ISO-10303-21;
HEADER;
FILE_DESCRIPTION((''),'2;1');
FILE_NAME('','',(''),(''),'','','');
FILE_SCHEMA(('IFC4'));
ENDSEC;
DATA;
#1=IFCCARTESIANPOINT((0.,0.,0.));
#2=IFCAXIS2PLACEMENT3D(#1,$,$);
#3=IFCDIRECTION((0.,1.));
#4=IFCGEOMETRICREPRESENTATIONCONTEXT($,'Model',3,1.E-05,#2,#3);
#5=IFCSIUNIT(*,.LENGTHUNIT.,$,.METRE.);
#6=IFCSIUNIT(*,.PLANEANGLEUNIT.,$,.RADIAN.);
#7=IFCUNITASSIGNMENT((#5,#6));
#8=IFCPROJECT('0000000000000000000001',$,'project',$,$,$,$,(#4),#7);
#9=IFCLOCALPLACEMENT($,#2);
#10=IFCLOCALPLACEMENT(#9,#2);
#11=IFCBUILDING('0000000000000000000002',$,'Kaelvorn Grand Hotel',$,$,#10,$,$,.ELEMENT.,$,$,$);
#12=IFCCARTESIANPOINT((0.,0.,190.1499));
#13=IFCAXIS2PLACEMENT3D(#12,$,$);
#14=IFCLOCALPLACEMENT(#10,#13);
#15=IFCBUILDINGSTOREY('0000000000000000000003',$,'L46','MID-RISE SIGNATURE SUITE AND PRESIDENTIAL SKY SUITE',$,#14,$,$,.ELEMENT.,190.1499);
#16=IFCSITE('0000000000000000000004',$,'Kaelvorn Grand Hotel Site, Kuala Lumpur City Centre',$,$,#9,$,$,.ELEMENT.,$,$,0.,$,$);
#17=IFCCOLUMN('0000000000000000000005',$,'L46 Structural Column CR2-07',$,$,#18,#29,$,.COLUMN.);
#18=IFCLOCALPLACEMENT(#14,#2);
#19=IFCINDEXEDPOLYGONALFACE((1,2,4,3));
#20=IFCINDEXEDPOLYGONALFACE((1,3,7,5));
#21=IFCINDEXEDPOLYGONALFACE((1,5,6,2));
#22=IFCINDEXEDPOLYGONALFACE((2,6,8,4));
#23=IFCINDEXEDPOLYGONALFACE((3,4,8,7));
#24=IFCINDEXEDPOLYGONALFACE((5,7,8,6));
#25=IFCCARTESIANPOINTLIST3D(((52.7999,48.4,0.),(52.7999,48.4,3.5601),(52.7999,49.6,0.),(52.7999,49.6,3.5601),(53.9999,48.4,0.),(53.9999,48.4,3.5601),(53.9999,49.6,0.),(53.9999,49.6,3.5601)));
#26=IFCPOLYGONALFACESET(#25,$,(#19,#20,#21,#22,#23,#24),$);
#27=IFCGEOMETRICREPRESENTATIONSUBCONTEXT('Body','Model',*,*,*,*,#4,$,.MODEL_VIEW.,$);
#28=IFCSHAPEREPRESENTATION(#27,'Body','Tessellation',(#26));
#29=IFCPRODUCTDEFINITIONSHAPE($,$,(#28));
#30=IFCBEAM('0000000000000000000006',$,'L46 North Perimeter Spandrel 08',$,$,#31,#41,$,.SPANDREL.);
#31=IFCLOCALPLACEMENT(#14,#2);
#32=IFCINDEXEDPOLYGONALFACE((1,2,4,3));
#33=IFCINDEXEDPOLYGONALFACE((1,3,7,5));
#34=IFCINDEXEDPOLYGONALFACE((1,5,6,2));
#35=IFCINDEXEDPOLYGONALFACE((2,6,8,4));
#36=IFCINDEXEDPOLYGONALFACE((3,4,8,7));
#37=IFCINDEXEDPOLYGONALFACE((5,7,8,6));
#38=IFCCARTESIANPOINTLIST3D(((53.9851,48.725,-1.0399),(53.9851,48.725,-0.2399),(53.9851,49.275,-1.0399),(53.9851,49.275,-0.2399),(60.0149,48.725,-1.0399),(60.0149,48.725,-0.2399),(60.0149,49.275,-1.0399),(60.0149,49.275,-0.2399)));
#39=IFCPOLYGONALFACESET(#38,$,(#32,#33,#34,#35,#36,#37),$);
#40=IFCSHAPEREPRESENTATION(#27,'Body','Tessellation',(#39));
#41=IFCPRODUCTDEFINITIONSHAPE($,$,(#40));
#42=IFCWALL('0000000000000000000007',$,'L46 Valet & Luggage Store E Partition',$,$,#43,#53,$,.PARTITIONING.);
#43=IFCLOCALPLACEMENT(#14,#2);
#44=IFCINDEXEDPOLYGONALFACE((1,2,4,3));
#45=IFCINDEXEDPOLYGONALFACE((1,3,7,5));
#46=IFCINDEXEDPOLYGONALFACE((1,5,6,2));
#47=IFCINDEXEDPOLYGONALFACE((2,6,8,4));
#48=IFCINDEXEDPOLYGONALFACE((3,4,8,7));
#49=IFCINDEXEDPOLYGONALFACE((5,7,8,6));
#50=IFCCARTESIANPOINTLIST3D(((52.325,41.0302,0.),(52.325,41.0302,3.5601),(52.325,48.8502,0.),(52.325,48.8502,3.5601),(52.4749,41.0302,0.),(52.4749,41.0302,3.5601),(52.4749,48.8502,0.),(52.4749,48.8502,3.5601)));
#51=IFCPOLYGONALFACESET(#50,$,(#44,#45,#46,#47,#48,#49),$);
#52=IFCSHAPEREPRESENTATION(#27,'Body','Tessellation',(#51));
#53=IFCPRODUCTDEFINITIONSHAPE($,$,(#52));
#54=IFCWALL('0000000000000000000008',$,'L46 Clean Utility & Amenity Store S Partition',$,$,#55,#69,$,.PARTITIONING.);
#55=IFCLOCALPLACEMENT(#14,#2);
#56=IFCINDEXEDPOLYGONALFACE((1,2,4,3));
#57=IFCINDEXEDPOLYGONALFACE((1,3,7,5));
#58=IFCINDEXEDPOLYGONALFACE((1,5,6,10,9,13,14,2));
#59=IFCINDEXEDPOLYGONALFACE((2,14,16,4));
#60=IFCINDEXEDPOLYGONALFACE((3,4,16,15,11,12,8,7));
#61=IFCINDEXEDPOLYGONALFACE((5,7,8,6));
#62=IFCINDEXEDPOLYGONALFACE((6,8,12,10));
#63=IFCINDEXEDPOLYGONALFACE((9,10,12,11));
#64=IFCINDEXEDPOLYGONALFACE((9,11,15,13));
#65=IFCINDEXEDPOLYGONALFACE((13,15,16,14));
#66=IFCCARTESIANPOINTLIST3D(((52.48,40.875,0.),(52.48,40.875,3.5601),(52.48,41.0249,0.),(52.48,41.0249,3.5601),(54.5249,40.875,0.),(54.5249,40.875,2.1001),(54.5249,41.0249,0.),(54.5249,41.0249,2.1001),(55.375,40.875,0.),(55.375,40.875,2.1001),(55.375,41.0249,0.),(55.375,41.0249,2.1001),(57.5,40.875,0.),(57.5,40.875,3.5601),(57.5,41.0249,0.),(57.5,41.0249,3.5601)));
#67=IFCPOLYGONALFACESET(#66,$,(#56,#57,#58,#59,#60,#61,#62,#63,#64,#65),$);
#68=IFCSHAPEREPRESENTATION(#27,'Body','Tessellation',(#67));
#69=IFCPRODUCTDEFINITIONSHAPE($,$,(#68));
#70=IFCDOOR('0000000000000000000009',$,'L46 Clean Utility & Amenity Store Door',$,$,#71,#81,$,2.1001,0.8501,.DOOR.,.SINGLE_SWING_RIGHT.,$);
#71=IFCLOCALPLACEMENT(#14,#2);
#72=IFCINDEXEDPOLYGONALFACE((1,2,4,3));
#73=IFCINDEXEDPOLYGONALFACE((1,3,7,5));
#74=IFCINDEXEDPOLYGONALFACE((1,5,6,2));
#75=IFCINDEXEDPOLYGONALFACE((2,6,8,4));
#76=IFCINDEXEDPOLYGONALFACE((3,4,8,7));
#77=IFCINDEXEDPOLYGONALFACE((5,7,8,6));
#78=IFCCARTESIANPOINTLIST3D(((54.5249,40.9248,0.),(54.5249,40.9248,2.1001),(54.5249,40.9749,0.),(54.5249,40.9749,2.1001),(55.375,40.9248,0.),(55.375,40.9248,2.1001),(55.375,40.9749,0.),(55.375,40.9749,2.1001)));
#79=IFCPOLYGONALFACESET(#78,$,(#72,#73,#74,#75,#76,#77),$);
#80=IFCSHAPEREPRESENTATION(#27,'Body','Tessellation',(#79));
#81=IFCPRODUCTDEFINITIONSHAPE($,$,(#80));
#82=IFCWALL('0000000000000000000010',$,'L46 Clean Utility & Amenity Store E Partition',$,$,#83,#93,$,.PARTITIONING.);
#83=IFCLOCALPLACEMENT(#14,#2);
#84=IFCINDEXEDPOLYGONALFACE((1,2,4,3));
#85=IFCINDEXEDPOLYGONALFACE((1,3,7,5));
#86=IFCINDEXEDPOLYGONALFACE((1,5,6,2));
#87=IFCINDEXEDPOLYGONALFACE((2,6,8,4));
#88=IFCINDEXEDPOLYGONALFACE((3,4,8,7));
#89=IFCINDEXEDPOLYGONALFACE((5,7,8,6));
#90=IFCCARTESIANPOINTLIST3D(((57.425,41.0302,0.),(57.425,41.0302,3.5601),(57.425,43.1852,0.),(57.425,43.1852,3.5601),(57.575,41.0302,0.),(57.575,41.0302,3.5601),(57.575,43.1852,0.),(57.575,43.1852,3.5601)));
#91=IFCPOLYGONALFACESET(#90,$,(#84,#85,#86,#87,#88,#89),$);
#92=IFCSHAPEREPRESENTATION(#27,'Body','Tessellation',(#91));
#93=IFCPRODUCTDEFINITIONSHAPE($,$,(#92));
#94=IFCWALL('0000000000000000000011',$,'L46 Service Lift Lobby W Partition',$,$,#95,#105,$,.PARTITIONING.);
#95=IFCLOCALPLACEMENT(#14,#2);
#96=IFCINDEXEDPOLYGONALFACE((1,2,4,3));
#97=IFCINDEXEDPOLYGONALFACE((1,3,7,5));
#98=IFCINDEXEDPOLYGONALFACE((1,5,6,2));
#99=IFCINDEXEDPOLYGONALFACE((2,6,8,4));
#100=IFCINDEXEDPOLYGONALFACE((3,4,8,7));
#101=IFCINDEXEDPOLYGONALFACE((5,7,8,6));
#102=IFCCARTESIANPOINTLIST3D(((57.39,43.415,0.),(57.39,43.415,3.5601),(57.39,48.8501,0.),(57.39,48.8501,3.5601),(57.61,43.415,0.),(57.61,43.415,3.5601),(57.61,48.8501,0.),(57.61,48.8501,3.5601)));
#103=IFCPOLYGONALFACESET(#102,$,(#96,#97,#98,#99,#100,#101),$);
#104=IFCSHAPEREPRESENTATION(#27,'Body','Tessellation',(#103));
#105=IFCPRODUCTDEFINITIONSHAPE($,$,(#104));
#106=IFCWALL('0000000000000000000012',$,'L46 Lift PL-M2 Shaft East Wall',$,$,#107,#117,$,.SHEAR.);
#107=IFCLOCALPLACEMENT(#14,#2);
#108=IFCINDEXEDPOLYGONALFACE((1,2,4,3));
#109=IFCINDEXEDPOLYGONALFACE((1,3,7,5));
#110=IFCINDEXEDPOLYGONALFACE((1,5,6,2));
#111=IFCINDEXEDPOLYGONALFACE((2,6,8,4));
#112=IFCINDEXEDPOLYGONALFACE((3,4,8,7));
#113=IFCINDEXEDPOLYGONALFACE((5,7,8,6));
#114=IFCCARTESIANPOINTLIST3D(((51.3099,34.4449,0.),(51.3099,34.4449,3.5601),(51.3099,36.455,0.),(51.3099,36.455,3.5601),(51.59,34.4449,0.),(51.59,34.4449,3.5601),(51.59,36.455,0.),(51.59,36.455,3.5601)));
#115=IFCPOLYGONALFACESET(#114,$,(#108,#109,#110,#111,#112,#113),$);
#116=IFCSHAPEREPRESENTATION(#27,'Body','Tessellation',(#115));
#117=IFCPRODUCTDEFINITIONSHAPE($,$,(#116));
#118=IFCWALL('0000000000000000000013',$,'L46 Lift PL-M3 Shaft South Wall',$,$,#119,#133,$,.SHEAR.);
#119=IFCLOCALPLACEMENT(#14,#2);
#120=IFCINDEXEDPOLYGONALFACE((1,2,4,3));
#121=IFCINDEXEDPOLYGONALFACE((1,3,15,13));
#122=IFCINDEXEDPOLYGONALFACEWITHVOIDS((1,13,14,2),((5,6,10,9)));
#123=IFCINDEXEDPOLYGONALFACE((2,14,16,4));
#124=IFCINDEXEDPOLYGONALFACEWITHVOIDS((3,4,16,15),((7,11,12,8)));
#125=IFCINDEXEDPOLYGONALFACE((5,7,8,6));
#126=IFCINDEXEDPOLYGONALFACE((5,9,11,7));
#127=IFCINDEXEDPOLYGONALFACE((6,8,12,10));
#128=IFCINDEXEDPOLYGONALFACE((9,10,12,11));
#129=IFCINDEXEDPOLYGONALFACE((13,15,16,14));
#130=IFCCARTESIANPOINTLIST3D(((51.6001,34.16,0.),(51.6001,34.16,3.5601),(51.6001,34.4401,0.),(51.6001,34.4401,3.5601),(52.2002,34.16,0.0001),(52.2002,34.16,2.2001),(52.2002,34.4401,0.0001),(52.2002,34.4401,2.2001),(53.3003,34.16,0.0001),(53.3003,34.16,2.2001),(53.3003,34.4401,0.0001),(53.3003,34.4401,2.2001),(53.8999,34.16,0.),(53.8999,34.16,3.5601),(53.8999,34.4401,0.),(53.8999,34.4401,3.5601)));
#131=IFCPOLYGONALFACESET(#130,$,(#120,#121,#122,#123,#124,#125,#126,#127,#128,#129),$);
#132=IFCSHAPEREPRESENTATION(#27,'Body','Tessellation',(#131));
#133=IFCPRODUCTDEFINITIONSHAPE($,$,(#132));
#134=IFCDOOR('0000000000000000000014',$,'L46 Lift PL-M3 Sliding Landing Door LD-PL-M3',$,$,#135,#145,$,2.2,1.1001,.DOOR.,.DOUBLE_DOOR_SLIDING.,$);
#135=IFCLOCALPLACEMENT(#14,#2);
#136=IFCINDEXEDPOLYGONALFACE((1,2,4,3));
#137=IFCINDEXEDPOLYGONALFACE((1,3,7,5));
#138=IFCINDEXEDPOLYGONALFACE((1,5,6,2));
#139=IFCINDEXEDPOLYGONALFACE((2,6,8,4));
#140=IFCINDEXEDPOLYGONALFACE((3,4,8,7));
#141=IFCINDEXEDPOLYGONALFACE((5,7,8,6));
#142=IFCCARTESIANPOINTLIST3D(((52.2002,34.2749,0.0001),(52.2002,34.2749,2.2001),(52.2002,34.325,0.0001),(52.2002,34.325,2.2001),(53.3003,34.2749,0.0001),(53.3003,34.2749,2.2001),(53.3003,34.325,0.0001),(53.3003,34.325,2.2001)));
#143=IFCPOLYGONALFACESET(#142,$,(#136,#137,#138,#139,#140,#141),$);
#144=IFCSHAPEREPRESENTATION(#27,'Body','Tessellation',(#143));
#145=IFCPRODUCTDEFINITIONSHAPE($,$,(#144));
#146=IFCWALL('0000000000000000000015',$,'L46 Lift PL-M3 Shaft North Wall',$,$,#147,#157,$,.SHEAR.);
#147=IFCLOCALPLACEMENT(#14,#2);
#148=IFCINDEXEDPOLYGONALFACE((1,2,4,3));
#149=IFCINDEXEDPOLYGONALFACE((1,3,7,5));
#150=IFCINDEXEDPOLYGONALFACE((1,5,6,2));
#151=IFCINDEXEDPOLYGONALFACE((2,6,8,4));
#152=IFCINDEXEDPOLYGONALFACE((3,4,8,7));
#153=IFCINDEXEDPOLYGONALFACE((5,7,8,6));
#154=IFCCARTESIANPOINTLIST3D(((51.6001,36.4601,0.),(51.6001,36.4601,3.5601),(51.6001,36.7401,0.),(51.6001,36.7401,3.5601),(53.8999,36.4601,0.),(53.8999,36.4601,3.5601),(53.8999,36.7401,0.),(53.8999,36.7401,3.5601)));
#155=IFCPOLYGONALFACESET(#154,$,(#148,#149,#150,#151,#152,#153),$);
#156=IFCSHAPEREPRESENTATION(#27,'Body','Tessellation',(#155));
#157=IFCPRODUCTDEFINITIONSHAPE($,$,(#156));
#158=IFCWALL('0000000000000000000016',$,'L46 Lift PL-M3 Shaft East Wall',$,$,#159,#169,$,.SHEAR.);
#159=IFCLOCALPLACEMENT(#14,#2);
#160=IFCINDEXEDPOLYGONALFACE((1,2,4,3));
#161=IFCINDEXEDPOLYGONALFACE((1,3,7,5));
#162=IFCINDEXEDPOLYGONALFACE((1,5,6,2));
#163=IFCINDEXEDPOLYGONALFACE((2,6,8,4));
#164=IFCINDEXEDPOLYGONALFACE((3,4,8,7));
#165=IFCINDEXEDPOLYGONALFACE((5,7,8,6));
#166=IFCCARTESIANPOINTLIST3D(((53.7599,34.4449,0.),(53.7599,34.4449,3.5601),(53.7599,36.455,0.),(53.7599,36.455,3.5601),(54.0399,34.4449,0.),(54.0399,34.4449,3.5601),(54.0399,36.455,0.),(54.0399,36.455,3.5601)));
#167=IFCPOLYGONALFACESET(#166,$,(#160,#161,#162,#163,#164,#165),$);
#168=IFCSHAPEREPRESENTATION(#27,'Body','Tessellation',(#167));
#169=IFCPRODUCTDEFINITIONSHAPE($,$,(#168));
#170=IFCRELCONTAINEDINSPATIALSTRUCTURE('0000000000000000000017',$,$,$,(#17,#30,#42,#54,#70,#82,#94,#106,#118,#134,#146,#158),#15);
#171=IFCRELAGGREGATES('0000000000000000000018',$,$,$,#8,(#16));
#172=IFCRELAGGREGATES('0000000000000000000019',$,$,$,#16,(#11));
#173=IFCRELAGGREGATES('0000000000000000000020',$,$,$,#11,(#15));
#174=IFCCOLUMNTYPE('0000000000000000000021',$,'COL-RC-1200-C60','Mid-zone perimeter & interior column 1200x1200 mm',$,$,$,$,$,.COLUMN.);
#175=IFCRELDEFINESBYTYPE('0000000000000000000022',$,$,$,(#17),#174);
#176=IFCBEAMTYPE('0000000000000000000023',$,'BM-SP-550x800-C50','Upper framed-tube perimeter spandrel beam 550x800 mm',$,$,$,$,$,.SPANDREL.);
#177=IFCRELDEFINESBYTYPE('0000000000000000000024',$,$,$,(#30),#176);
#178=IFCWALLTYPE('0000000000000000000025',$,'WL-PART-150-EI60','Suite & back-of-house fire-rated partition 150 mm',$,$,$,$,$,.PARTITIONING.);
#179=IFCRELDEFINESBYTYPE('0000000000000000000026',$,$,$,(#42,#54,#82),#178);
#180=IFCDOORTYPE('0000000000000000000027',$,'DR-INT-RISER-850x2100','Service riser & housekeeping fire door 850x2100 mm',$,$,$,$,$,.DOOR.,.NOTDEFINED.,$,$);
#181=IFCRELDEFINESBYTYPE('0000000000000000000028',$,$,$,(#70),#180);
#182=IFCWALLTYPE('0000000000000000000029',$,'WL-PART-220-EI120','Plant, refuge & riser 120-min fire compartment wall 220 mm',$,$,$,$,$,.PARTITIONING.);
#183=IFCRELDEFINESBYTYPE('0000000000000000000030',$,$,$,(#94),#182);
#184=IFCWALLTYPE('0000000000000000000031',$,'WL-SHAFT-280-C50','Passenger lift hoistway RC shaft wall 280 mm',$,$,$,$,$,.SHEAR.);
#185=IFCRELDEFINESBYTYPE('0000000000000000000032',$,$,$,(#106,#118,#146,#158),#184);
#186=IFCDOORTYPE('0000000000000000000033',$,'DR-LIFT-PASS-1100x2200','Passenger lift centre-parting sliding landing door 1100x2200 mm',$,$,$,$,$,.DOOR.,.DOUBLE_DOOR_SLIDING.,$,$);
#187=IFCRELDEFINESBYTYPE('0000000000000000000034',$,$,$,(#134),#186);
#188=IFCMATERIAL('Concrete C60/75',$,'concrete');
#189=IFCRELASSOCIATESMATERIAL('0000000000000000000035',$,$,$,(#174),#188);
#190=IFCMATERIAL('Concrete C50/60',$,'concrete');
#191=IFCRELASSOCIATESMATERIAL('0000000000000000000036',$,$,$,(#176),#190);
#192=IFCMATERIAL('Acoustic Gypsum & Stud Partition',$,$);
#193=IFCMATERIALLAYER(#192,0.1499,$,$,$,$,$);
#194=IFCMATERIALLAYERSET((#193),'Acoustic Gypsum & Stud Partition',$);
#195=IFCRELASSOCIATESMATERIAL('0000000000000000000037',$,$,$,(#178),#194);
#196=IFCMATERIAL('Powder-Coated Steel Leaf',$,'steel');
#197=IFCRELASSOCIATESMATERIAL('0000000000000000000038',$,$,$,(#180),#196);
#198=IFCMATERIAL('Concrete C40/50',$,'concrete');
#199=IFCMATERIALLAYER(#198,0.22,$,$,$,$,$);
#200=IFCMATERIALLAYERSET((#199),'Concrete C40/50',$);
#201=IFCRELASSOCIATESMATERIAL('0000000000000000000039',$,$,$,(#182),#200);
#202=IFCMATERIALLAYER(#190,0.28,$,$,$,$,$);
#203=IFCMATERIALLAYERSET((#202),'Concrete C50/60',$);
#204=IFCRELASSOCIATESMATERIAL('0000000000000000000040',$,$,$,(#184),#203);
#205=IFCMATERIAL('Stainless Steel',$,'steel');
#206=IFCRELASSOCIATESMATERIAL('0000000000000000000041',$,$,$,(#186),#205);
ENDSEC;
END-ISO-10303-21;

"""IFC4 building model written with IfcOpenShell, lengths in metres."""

from ifc_helpers import new_model, si_unit, direction, frame, frame_2d, origin, origin_2d, place, context, subcontext, project, spatial, rectangle, extrude, material, layer, layer_set, material_profile, profile_set, type_object, element, fill, save


model = new_model("IFC4")

# Units and contexts
model_context = context("Model", 3, precision=1e-05, world=origin(), true_north=direction((0.0, 1.0)))
body_context = subcontext(model_context, "Body", "Model", "MODEL_VIEW")
ifc_project = project(units=[si_unit("LENGTHUNIT", "METRE"), si_unit("PLANEANGLEUNIT", "RADIAN")], contexts=[model_context])

# Site, building, storey
site_placement = place(None, origin())
site = spatial("IfcSite", under=ifc_project, at=site_placement, Name="Kaelvorn Grand Hotel Site, Kuala Lumpur City Centre", CompositionType="ELEMENT", RefElevation=0.0)
building_placement = place(site_placement, origin())
building = spatial("IfcBuilding", under=site, at=building_placement, Name="Kaelvorn Grand Hotel", CompositionType="ELEMENT")
storey_placement = place(building_placement, frame((0.0, 0.0, 190.1499)))
storey = spatial("IfcBuildingStorey", under=building, at=storey_placement, Name="L46", Description="MID-RISE SIGNATURE SUITE AND PRESIDENTIAL SKY SUITE", CompositionType="ELEMENT", Elevation=190.1499)

# Column
ifc_material_1 = material(Name="Concrete C60/75", Category="concrete")
ifc_material_profile_1 = material_profile(ifc_material_1, rectangle(XDim=1.2, YDim=1.2, at=origin_2d()), Name="RC COL 1200x1200")
ifc_profile_set_1 = profile_set([ifc_material_profile_1], Name="Concrete C60/75")
column_type = type_object("IfcColumnType", Name="COL-RC-1200-C60", Description="Mid-zone perimeter & interior column 1200x1200 mm", PredefinedType="COLUMN", material=ifc_profile_set_1)
column_placement = place(storey_placement, frame((53.3999, 49.0, 0.0), z_axis=(0.0, 0.0, 1.0), x_axis=(1.0, 0.0, 0.0)))
element("IfcColumn", 1, at=column_placement, inside=storey, type_object=column_type, Name="L46 Structural Column CR2-07", PredefinedType="COLUMN", context=body_context, shape_type="SweptSolid", body=[
    extrude(rectangle(XDim=1.2, YDim=1.2, at=origin_2d()), origin(), (0.0, 0.0, 1.0), 3.5601),
])

# Beam
ifc_material_2 = material(Name="Concrete C50/60", Category="concrete")
ifc_material_profile_2 = material_profile(ifc_material_2, rectangle(XDim=0.55, YDim=0.8, at=origin_2d()), Name="RC SPANDREL 550x800")
ifc_profile_set_2 = profile_set([ifc_material_profile_2], Name="Concrete C50/60")
beam_type = type_object("IfcBeamType", Name="BM-SP-550x800-C50", Description="Upper framed-tube perimeter spandrel beam 550x800 mm", PredefinedType="SPANDREL", material=ifc_profile_set_2)
beam_placement = place(storey_placement, frame((53.9851, 49.0, -0.6399), z_axis=(1.0, 0.0, 0.0), x_axis=(0.0, 1.0, 0.0)))
element("IfcBeam", 2, at=beam_placement, inside=storey, type_object=beam_type, Name="L46 North Perimeter Spandrel 08", PredefinedType="SPANDREL", context=body_context, shape_type="SweptSolid", body=[
    extrude(rectangle(XDim=0.55, YDim=0.8, at=origin_2d()), origin(), (0.0, 0.0, 1.0), 6.0298),
])

# Wall
ifc_material_3 = material(Name="Acoustic Gypsum & Stud Partition")
ifc_layer_1 = layer(ifc_material_3, 0.1499)
ifc_layer_set_1 = layer_set([ifc_layer_1], Name="Acoustic Gypsum & Stud Partition")
wall_type_1 = type_object("IfcWallType", Name="WL-PART-150-EI60", Description="Suite & back-of-house fire-rated partition 150 mm", PredefinedType="PARTITIONING", material=ifc_layer_set_1)
wall_1_placement = place(storey_placement, frame((52.3999, 41.03, 0.0), z_axis=(0.0, 0.0, 1.0), x_axis=(0.0, 1.0, 0.0)))
element("IfcWall", 3, at=wall_1_placement, inside=storey, type_object=wall_type_1, Name="L46 Valet & Luggage Store E Partition", PredefinedType="PARTITIONING", context=body_context, shape_type="SweptSolid", body=[
    extrude(rectangle(XDim=7.8201, YDim=0.1499, at=frame_2d((3.9102, 0.0))), origin(), (0.0, 0.0, 1.0), 3.5601),
])

# Wall, opening, door
wall_2_placement = place(storey_placement, frame((52.48, 40.95, 0.0), z_axis=(0.0, 0.0, 1.0), x_axis=(1.0, 0.0, 0.0)))
wall_2 = element("IfcWall", 4, at=wall_2_placement, inside=storey, type_object=wall_type_1, Name="L46 Clean Utility & Amenity Store S Partition", PredefinedType="PARTITIONING", context=body_context, shape_type="SweptSolid", body=[
    extrude(rectangle(XDim=5.02, YDim=0.1499, at=frame_2d((2.51, 0.0))), origin(), (0.0, 0.0, 1.0), 3.5601),
])
opening_1_placement = place(wall_2_placement, frame((2.0449, 0.0, 0.0)))
opening_1 = element("IfcOpeningElement", 5, at=opening_1_placement, cuts=wall_2, PredefinedType="OPENING", context=body_context, shape_type="SweptSolid", body=[
    extrude(rectangle(XDim=0.8501, YDim=2.1001, at=frame_2d((0.425, 1.05))), frame((0.0, 0.085, 0.0), z_axis=(0.0, -1.0, 0.0), x_axis=(1.0, 0.0, 0.0)), (0.0, 0.0, 1.0), 0.1699),
])
ifc_material_4 = material(Name="Powder-Coated Steel Leaf", Category="steel")
door_type_1 = type_object("IfcDoorType", Name="DR-INT-RISER-850x2100", Description="Service riser & housekeeping fire door 850x2100 mm", OperationType="NOTDEFINED", PredefinedType="DOOR", material=ifc_material_4)
door_1_placement = place(opening_1_placement, origin())
door_1 = element("IfcDoor", 6, at=door_1_placement, inside=storey, type_object=door_type_1, Name="L46 Clean Utility & Amenity Store Door", OperationType="SINGLE_SWING_RIGHT", OverallHeight=2.1001, OverallWidth=0.8501, PredefinedType="DOOR", context=body_context, shape_type="SweptSolid", body=[
    extrude(rectangle(XDim=0.8501, YDim=2.1001, at=frame_2d((0.425, 1.05))), frame((0.0, 0.0249, 0.0), z_axis=(0.0, -1.0, 0.0), x_axis=(1.0, 0.0, 0.0)), (0.0, 0.0, 1.0), 0.05),
])
fill(opening_1, door_1)

# Wall
wall_3_placement = place(storey_placement, frame((57.5, 41.03, 0.0), z_axis=(0.0, 0.0, 1.0), x_axis=(0.0, 1.0, 0.0)))
element("IfcWall", 7, at=wall_3_placement, inside=storey, type_object=wall_type_1, Name="L46 Clean Utility & Amenity Store E Partition", PredefinedType="PARTITIONING", context=body_context, shape_type="SweptSolid", body=[
    extrude(rectangle(XDim=2.155, YDim=0.1499, at=frame_2d((1.0776, 0.0))), origin(), (0.0, 0.0, 1.0), 3.5601),
])

# Shared definitions
ifc_material_5 = material(Name="Concrete C40/50", Category="concrete")
ifc_layer_2 = layer(ifc_material_5, 0.22)
ifc_layer_set_2 = layer_set([ifc_layer_2], Name="Concrete C40/50")
wall_type_2 = type_object("IfcWallType", Name="WL-PART-220-EI120", Description="Plant, refuge & riser 120-min fire compartment wall 220 mm", PredefinedType="PARTITIONING", material=ifc_layer_set_2)

# Walls
wall_4_placement = place(storey_placement, frame((57.5, 43.415, 0.0), z_axis=(0.0, 0.0, 1.0), x_axis=(0.0, 1.0, 0.0)))
element("IfcWall", 8, at=wall_4_placement, inside=storey, type_object=wall_type_2, Name="L46 Service Lift Lobby W Partition", PredefinedType="PARTITIONING", context=body_context, shape_type="SweptSolid", body=[
    extrude(rectangle(XDim=5.4351, YDim=0.22, at=frame_2d((2.7175, 0.0))), origin(), (0.0, 0.0, 1.0), 3.5601),
])
ifc_layer_3 = layer(ifc_material_2, 0.28)
ifc_layer_set_3 = layer_set([ifc_layer_3], Name="Concrete C50/60")
wall_type_3 = type_object("IfcWallType", Name="WL-SHAFT-280-C50", Description="Passenger lift hoistway RC shaft wall 280 mm", PredefinedType="SHEAR", material=ifc_layer_set_3)
wall_5_placement = place(storey_placement, frame((51.45, 34.4451, 0.0), z_axis=(0.0, 0.0, 1.0), x_axis=(0.0, 1.0, 0.0)))
element("IfcWall", 9, at=wall_5_placement, inside=storey, type_object=wall_type_3, Name="L46 Lift PL-M2 Shaft East Wall", PredefinedType="SHEAR", context=body_context, shape_type="SweptSolid", body=[
    extrude(rectangle(XDim=2.01, YDim=0.28, at=frame_2d((1.0049, 0.0))), origin(), (0.0, 0.0, 1.0), 3.5601),
])

# Wall, opening, door
wall_6_placement = place(storey_placement, frame((51.6001, 34.3, 0.0), z_axis=(0.0, 0.0, 1.0), x_axis=(1.0, 0.0, 0.0)))
wall_6 = element("IfcWall", 10, at=wall_6_placement, inside=storey, type_object=wall_type_3, Name="L46 Lift PL-M3 Shaft South Wall", PredefinedType="SHEAR", context=body_context, shape_type="SweptSolid", body=[
    extrude(rectangle(XDim=2.2998, YDim=0.28, at=frame_2d((1.1499, 0.0))), origin(), (0.0, 0.0, 1.0), 3.5601),
])
opening_2_placement = place(wall_6_placement, frame((0.6001, 0.0, 0.0)))
opening_2 = element("IfcOpeningElement", 11, at=opening_2_placement, cuts=wall_6, PredefinedType="OPENING", context=body_context, shape_type="SweptSolid", body=[
    extrude(rectangle(XDim=1.1001, YDim=2.2, at=frame_2d((0.55, 1.1001))), frame((0.0, 0.1499, 0.0), z_axis=(0.0, -1.0, 0.0), x_axis=(1.0, 0.0, 0.0)), (0.0, 0.0, 1.0), 0.3),
])
ifc_material_6 = material(Name="Stainless Steel", Category="steel")
door_type_2 = type_object("IfcDoorType", Name="DR-LIFT-PASS-1100x2200", Description="Passenger lift centre-parting sliding landing door 1100x2200 mm", OperationType="DOUBLE_DOOR_SLIDING", PredefinedType="DOOR", material=ifc_material_6)
door_2_placement = place(opening_2_placement, origin())
door_2 = element("IfcDoor", 12, at=door_2_placement, inside=storey, type_object=door_type_2, Name="L46 Lift PL-M3 Sliding Landing Door LD-PL-M3", OperationType="DOUBLE_DOOR_SLIDING", OverallHeight=2.2, OverallWidth=1.1001, PredefinedType="DOOR", context=body_context, shape_type="SweptSolid", body=[
    extrude(rectangle(XDim=1.1001, YDim=2.2, at=frame_2d((0.55, 1.1001))), frame((0.0, 0.0249, 0.0), z_axis=(0.0, -1.0, 0.0), x_axis=(1.0, 0.0, 0.0)), (0.0, 0.0, 1.0), 0.05),
])
fill(opening_2, door_2)

# Walls
wall_7_placement = place(storey_placement, frame((51.6001, 36.6001, 0.0), z_axis=(0.0, 0.0, 1.0), x_axis=(1.0, 0.0, 0.0)))
element("IfcWall", 13, at=wall_7_placement, inside=storey, type_object=wall_type_3, Name="L46 Lift PL-M3 Shaft North Wall", PredefinedType="SHEAR", context=body_context, shape_type="SweptSolid", body=[
    extrude(rectangle(XDim=2.2998, YDim=0.28, at=frame_2d((1.1499, 0.0))), origin(), (0.0, 0.0, 1.0), 3.5601),
])
wall_8_placement = place(storey_placement, frame((53.8999, 34.4451, 0.0), z_axis=(0.0, 0.0, 1.0), x_axis=(0.0, 1.0, 0.0)))
element("IfcWall", 14, at=wall_8_placement, inside=storey, type_object=wall_type_3, Name="L46 Lift PL-M3 Shaft East Wall", PredefinedType="SHEAR", context=body_context, shape_type="SweptSolid", body=[
    extrude(rectangle(XDim=2.01, YDim=0.28, at=frame_2d((1.0049, 0.0))), origin(), (0.0, 0.0, 1.0), 3.5601),
])

save(model, "model.ifc")
